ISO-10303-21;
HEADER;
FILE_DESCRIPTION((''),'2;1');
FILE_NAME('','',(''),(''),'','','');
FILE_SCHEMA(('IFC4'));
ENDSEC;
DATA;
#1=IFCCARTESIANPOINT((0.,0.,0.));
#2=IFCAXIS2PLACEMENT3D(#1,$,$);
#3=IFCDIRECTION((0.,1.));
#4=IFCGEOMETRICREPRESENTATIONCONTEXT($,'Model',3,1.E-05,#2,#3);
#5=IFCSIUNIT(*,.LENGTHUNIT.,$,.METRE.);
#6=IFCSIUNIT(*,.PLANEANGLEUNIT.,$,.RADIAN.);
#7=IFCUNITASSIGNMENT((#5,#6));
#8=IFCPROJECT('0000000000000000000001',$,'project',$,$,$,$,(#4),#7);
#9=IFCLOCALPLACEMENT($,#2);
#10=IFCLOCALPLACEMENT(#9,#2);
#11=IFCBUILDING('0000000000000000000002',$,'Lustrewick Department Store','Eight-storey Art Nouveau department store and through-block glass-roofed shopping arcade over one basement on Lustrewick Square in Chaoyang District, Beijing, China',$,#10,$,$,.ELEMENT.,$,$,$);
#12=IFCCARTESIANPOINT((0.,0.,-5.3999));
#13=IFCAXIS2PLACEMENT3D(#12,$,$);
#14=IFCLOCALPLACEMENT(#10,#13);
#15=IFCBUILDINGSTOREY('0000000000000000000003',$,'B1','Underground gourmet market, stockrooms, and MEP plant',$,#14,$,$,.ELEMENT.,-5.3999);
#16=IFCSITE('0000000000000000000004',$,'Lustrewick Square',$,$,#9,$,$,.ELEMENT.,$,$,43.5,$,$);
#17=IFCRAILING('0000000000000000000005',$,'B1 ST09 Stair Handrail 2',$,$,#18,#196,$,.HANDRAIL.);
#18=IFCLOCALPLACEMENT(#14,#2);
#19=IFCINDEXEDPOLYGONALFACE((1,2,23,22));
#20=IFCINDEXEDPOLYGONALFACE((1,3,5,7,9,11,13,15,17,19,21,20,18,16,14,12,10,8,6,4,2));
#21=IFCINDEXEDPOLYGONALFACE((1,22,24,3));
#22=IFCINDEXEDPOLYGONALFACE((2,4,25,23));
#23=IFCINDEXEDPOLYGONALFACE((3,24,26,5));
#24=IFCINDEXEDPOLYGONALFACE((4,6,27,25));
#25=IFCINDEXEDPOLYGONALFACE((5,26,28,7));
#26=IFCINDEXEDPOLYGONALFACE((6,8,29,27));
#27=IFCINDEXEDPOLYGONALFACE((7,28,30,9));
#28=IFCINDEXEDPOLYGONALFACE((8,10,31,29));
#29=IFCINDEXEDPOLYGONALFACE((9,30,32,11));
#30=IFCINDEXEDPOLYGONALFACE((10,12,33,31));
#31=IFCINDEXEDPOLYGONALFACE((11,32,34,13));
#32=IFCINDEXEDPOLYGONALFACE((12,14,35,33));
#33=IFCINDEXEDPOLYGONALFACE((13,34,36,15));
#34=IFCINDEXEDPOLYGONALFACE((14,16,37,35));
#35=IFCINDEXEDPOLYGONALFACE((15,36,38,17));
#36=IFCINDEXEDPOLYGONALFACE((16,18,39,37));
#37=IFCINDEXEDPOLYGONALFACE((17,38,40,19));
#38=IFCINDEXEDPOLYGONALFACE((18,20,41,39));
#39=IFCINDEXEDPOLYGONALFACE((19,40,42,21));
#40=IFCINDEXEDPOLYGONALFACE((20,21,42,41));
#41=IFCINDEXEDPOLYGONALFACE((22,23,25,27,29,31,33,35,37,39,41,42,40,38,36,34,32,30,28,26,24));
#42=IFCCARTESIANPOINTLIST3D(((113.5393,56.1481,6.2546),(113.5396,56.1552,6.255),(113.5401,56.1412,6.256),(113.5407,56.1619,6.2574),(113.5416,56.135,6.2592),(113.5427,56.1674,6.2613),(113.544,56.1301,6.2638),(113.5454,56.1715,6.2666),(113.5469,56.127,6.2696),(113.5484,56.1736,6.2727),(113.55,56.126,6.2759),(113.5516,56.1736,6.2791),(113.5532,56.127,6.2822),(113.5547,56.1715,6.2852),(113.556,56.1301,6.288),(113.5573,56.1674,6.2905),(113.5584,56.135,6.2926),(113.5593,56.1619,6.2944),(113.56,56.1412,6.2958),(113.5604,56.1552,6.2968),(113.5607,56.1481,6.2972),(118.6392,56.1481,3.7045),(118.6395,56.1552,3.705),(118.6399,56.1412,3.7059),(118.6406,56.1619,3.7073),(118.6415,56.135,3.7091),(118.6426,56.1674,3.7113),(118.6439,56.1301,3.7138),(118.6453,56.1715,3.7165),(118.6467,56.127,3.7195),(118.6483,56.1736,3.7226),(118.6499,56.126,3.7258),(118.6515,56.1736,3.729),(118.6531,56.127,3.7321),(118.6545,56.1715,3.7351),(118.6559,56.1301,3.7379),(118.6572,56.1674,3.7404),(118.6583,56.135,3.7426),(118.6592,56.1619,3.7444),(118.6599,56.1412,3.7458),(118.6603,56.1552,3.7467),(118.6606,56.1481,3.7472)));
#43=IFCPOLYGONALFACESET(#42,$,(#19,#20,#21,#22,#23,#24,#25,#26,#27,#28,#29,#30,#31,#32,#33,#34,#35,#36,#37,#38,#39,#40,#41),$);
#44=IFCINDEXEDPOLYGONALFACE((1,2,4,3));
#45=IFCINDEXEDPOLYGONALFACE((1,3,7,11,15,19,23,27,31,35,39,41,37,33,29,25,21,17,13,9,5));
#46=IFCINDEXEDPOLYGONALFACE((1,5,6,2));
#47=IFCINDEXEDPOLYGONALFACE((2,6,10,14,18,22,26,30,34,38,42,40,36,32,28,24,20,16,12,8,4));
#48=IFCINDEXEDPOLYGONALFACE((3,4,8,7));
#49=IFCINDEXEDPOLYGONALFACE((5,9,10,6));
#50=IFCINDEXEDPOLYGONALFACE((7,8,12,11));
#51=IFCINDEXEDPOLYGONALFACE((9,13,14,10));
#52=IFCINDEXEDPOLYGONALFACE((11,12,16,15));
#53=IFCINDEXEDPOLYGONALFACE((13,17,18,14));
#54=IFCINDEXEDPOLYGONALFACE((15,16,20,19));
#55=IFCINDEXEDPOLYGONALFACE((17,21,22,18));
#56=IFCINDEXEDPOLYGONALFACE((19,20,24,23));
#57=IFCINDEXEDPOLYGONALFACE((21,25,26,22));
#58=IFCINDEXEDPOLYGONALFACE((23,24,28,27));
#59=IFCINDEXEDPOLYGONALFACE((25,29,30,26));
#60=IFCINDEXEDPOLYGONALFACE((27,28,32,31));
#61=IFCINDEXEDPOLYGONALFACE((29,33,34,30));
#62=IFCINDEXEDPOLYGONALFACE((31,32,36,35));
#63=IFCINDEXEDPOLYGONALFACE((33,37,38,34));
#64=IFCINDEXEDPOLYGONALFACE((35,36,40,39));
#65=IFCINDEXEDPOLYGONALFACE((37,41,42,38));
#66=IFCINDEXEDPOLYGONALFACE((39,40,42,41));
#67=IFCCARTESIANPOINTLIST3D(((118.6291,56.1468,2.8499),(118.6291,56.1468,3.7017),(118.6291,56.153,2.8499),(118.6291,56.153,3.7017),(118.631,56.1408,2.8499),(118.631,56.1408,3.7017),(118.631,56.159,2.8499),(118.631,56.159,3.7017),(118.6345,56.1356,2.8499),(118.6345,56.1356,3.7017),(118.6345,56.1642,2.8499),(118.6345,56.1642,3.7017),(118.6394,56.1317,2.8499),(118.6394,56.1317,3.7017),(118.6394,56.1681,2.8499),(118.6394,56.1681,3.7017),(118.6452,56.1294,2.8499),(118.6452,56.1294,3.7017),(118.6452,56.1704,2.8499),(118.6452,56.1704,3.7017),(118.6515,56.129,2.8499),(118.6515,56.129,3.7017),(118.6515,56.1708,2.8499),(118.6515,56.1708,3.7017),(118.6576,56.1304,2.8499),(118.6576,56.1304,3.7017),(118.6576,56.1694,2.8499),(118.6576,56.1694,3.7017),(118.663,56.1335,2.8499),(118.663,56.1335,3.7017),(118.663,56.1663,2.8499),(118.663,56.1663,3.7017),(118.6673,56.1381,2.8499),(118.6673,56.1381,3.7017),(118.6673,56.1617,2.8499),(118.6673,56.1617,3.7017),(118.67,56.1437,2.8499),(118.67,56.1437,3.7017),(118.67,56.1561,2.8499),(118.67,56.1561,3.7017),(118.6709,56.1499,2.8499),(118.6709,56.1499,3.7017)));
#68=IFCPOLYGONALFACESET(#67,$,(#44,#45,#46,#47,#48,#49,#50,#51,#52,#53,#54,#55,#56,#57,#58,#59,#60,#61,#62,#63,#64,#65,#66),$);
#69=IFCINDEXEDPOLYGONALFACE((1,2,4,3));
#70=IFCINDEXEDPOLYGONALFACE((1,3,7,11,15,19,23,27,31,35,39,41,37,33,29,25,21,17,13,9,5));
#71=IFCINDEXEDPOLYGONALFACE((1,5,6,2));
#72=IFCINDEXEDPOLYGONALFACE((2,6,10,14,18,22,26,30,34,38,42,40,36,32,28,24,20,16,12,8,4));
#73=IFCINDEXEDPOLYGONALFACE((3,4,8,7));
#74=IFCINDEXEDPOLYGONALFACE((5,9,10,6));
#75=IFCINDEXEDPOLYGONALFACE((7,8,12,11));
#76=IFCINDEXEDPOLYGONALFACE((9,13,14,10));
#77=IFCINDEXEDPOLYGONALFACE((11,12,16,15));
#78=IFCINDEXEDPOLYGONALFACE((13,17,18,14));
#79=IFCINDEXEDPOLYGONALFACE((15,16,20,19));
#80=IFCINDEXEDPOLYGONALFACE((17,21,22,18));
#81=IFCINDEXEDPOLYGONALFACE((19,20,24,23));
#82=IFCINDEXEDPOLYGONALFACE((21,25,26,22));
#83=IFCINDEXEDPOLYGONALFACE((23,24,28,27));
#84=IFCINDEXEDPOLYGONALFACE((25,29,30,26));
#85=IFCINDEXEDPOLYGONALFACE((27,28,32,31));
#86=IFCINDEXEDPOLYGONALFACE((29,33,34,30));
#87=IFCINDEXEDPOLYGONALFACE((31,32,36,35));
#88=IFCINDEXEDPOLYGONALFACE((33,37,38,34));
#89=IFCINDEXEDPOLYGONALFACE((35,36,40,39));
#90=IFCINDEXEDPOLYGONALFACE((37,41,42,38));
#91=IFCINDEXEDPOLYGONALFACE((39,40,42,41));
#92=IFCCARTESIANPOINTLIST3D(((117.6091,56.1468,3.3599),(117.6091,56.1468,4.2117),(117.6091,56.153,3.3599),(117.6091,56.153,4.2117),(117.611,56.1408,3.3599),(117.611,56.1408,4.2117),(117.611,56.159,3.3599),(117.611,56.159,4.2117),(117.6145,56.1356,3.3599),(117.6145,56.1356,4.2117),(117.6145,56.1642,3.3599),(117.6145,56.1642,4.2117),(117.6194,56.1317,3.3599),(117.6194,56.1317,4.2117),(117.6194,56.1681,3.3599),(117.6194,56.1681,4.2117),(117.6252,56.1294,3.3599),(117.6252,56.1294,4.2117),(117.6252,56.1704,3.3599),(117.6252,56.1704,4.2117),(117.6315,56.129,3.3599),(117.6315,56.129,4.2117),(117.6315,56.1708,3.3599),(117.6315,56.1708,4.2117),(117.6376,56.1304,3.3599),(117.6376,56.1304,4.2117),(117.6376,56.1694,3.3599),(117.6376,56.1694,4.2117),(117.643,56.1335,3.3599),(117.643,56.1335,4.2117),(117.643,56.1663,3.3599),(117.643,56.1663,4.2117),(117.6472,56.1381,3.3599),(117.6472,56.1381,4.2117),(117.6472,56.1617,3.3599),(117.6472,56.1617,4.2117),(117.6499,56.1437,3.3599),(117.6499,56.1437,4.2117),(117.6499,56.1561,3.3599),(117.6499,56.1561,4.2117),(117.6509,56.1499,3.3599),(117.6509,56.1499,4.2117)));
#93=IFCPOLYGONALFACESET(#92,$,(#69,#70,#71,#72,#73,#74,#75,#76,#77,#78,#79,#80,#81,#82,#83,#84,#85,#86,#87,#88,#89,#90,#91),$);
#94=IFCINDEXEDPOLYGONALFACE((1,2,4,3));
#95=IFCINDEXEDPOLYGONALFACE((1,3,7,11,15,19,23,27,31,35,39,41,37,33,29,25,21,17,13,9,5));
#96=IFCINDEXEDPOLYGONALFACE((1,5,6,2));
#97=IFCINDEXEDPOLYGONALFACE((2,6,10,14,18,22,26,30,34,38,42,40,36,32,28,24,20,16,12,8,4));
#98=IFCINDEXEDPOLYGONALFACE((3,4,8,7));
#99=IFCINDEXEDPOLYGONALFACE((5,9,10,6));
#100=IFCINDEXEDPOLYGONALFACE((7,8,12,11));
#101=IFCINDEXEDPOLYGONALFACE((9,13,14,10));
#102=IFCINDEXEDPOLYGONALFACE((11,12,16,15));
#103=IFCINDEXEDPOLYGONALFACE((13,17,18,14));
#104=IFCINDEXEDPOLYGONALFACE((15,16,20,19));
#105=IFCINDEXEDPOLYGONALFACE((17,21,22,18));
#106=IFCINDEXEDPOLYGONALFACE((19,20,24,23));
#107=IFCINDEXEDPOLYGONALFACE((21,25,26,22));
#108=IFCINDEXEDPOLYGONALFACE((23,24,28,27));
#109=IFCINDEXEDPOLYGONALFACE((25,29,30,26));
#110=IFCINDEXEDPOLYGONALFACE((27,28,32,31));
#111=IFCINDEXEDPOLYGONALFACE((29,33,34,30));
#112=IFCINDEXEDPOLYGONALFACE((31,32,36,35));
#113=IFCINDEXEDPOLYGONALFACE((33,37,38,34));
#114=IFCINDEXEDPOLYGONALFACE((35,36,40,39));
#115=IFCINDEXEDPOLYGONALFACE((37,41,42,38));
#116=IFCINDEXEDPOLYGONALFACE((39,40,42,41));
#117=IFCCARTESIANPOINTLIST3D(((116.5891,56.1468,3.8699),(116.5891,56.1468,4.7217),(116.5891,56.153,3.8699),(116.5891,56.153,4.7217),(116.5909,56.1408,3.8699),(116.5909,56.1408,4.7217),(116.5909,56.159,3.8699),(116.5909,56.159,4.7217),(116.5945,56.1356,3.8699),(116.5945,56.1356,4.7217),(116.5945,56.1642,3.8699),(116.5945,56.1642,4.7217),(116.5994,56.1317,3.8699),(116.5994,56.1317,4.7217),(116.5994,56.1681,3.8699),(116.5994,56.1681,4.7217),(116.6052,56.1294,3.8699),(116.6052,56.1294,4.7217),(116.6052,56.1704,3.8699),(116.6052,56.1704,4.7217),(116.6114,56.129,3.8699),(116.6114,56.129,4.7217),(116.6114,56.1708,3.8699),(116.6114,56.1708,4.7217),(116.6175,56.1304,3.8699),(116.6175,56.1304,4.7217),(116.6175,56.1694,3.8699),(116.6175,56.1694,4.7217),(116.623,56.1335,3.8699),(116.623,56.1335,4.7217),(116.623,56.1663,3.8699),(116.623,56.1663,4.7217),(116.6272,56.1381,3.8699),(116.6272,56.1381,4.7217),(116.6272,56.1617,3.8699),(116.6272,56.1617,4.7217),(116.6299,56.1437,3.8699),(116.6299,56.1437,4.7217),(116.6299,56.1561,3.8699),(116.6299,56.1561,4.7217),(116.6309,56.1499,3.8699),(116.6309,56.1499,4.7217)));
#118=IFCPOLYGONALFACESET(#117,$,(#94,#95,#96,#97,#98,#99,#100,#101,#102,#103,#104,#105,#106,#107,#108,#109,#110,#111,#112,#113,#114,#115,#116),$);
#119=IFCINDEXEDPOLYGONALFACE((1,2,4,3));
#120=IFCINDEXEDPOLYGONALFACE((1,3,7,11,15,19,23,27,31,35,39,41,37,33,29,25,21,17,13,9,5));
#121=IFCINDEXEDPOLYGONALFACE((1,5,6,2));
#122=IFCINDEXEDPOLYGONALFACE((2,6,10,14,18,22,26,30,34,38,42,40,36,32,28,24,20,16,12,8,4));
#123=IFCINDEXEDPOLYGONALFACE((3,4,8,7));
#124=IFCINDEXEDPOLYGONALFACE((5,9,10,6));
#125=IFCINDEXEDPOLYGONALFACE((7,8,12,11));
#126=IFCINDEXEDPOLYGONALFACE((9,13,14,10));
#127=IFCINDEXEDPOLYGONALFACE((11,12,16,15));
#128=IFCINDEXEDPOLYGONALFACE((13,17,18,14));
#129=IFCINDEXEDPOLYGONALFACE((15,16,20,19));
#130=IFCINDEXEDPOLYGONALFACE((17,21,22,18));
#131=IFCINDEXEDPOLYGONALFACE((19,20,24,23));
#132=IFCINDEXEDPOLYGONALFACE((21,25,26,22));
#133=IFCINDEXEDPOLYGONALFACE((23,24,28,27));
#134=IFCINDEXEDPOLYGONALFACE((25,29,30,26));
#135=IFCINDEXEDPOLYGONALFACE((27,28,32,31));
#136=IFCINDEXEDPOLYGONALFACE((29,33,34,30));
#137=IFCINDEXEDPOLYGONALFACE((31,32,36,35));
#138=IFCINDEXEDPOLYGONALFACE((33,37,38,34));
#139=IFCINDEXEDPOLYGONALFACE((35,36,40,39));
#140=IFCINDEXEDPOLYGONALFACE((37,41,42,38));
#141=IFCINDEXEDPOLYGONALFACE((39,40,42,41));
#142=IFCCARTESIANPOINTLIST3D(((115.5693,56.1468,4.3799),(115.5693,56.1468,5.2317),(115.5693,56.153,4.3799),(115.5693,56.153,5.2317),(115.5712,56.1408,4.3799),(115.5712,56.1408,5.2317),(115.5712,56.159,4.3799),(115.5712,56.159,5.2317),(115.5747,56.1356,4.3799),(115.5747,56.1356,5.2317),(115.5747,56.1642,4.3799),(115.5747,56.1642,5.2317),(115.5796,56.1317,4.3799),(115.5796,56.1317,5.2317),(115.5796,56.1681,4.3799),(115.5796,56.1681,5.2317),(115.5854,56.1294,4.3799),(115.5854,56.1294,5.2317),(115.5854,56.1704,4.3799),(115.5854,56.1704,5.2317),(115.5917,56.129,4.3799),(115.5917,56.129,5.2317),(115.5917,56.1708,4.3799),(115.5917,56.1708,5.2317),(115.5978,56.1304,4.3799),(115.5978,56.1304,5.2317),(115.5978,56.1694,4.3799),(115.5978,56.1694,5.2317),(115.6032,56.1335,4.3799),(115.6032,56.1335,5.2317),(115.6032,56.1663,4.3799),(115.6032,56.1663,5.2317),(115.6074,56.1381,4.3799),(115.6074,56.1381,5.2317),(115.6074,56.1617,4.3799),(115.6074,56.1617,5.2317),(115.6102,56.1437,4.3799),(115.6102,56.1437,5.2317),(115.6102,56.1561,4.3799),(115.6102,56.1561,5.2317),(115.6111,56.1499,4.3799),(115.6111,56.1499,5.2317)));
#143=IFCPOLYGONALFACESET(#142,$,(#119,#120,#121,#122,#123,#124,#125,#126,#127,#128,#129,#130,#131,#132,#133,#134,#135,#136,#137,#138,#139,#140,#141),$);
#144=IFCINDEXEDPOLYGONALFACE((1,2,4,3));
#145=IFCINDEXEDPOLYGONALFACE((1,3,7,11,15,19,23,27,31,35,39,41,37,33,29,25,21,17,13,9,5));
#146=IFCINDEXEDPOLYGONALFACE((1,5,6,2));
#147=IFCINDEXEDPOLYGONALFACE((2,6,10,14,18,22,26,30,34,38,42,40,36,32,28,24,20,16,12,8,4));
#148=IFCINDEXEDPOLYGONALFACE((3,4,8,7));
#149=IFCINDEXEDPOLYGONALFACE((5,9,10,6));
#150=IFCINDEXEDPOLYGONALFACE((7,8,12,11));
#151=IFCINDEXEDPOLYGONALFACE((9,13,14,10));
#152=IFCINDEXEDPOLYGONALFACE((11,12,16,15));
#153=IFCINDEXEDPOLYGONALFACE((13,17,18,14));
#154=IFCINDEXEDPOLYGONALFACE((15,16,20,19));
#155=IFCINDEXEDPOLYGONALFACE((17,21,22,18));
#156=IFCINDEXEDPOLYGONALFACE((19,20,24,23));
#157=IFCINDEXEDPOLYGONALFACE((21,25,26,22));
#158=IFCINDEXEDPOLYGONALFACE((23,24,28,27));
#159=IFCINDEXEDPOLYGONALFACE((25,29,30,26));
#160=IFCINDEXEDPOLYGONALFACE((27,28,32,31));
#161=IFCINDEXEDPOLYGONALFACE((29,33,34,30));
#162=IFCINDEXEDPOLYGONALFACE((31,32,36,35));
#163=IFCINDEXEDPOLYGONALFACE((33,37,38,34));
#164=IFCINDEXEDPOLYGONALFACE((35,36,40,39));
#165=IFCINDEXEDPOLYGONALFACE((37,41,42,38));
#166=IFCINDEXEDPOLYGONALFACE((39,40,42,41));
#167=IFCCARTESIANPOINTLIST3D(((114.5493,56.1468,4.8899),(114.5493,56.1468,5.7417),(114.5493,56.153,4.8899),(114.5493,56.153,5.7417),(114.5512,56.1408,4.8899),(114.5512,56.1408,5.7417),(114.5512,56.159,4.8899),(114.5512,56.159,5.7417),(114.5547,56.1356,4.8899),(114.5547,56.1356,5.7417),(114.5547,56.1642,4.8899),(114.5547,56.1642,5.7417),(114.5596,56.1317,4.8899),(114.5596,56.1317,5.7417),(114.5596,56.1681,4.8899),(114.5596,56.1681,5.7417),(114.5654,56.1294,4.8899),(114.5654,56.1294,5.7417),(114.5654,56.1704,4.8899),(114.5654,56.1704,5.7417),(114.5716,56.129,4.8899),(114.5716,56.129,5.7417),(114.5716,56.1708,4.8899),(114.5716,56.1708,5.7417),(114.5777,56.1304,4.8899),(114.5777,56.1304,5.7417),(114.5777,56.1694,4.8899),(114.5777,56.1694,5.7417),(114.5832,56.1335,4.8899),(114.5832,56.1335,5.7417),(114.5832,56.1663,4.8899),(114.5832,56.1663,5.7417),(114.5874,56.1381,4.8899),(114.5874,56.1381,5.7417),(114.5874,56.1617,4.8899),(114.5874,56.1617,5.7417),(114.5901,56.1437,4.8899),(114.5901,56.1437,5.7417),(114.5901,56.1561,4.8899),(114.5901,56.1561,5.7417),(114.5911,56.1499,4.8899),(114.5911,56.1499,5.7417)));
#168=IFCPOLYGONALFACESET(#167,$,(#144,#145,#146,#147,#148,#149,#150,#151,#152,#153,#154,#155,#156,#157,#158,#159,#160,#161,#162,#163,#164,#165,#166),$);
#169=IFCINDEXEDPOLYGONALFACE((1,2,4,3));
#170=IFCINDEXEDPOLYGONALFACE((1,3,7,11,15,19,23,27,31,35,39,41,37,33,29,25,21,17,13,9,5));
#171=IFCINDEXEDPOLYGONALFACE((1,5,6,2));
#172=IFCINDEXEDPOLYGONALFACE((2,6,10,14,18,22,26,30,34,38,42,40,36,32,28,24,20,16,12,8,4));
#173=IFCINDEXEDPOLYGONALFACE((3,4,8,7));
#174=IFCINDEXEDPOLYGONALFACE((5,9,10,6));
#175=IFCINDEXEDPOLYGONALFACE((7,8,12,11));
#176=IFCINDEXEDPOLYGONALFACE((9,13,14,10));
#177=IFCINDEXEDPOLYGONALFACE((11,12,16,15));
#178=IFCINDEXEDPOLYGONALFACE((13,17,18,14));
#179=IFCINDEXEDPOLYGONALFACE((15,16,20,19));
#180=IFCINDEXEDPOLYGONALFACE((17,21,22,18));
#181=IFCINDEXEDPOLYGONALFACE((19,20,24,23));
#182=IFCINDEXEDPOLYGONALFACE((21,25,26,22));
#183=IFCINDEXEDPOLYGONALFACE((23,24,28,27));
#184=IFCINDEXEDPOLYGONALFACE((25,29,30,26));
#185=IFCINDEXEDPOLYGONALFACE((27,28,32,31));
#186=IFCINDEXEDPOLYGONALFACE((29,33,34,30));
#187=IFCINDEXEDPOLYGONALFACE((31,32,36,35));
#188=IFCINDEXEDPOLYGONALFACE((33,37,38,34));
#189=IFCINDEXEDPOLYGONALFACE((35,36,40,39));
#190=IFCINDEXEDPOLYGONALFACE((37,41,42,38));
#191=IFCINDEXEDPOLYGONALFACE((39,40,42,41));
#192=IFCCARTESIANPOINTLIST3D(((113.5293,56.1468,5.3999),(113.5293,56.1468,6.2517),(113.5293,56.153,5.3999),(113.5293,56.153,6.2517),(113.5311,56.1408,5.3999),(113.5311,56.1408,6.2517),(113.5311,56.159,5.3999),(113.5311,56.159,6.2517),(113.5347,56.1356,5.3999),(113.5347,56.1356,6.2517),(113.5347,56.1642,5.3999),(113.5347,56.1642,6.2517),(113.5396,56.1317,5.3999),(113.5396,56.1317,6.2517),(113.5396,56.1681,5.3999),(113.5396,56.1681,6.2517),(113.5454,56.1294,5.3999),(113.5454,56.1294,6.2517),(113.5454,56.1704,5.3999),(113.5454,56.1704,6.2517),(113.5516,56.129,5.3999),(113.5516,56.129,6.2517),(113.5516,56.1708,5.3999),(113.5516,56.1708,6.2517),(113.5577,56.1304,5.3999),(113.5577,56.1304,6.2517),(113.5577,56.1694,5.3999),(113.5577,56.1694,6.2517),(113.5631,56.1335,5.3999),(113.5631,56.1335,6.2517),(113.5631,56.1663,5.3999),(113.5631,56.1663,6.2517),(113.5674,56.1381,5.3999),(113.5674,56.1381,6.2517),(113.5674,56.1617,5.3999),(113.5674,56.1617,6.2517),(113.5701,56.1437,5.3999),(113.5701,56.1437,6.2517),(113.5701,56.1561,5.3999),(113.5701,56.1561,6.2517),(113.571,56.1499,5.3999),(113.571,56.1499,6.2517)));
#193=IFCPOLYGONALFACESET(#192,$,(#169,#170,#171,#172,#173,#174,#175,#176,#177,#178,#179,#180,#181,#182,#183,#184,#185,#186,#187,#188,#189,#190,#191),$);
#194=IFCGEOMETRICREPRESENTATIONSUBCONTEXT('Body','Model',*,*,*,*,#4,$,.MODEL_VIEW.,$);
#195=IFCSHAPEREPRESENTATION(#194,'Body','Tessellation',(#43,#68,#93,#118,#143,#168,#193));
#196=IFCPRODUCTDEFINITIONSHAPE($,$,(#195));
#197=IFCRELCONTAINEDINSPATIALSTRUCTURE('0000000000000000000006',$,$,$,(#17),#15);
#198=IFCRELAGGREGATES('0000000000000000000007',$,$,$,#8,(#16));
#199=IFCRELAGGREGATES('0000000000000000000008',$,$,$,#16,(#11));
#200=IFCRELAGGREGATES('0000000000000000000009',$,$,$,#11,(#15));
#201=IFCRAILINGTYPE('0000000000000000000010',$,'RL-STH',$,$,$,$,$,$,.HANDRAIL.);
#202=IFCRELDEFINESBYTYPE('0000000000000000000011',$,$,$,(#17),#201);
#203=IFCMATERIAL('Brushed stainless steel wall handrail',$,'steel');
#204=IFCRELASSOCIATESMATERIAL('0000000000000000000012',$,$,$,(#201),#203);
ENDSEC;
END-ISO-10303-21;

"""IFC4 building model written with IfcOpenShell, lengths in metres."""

from ifc_helpers import new_model, si_unit, direction, frame, origin, origin_2d, place, context, subcontext, project, spatial, circle, extrude, material, type_object, element, save


model = new_model("IFC4")

# Units and contexts
model_context = context("Model", 3, precision=1e-05, world=origin(), true_north=direction((0.0, 1.0)))
body_context = subcontext(model_context, "Body", "Model", "MODEL_VIEW")
ifc_project = project(units=[si_unit("LENGTHUNIT", "METRE"), si_unit("PLANEANGLEUNIT", "RADIAN")], contexts=[model_context])

# Site, building, storey
site_placement = place(None, origin())
site = spatial("IfcSite", under=ifc_project, at=site_placement, Name="Lustrewick Square", CompositionType="ELEMENT", RefElevation=43.5)
building_placement = place(site_placement, origin())
building = spatial("IfcBuilding", under=site, at=building_placement, Name="Lustrewick Department Store", Description="Eight-storey Art Nouveau department store and through-block glass-roofed shopping arcade over one basement on Lustrewick Square in Chaoyang District, Beijing, China", CompositionType="ELEMENT")
storey_placement = place(building_placement, frame((0.0, 0.0, -5.3999)))
storey = spatial("IfcBuildingStorey", under=building, at=storey_placement, Name="B1", Description="Underground gourmet market, stockrooms, and MEP plant", CompositionType="ELEMENT", Elevation=-5.3999)

# Railing
ifc_material_1 = material(Name="Brushed stainless steel wall handrail", Category="steel")
railing_type_1 = type_object("IfcRailingType", Name="RL-STH", PredefinedType="HANDRAIL", material=ifc_material_1)
railing_1_placement = place(storey_placement, frame((118.6499, 56.1499, 2.8499)))
element("IfcRailing", 1, at=railing_1_placement, inside=storey, type_object=railing_type_1, Name="B1 ST09 Stair Handrail 2", PredefinedType="HANDRAIL", context=body_context, shape_type="SweptSolid", body=[
    extrude(circle(Radius=0.0239, at=origin_2d()), frame((0.0, 0.0, 0.876), z_axis=(-0.894419, 0.0, 0.447231), x_axis=(0.0, -1.0, 0.0)), (0.0, 0.0, 1.0), 5.7019),
    extrude(circle(Radius=0.021, at=origin_2d()), origin(), (0.0, 0.0, 1.0), 0.8518),
    extrude(circle(Radius=0.021, at=origin_2d()), frame((-1.02, 0.0, 0.51)), (0.0, 0.0, 1.0), 0.8518),
    extrude(circle(Radius=0.021, at=origin_2d()), frame((-2.04, 0.0, 1.02)), (0.0, 0.0, 1.0), 0.8518),
    extrude(circle(Radius=0.021, at=origin_2d()), frame((-3.0598, 0.0, 1.53)), (0.0, 0.0, 1.0), 0.8518),
    extrude(circle(Radius=0.021, at=origin_2d()), frame((-4.0798, 0.0, 2.04)), (0.0, 0.0, 1.0), 0.8518),
    extrude(circle(Radius=0.021, at=origin_2d()), frame((-5.0999, 0.0, 2.55)), (0.0, 0.0, 1.0), 0.8518),
])

save(model, "model.ifc")
